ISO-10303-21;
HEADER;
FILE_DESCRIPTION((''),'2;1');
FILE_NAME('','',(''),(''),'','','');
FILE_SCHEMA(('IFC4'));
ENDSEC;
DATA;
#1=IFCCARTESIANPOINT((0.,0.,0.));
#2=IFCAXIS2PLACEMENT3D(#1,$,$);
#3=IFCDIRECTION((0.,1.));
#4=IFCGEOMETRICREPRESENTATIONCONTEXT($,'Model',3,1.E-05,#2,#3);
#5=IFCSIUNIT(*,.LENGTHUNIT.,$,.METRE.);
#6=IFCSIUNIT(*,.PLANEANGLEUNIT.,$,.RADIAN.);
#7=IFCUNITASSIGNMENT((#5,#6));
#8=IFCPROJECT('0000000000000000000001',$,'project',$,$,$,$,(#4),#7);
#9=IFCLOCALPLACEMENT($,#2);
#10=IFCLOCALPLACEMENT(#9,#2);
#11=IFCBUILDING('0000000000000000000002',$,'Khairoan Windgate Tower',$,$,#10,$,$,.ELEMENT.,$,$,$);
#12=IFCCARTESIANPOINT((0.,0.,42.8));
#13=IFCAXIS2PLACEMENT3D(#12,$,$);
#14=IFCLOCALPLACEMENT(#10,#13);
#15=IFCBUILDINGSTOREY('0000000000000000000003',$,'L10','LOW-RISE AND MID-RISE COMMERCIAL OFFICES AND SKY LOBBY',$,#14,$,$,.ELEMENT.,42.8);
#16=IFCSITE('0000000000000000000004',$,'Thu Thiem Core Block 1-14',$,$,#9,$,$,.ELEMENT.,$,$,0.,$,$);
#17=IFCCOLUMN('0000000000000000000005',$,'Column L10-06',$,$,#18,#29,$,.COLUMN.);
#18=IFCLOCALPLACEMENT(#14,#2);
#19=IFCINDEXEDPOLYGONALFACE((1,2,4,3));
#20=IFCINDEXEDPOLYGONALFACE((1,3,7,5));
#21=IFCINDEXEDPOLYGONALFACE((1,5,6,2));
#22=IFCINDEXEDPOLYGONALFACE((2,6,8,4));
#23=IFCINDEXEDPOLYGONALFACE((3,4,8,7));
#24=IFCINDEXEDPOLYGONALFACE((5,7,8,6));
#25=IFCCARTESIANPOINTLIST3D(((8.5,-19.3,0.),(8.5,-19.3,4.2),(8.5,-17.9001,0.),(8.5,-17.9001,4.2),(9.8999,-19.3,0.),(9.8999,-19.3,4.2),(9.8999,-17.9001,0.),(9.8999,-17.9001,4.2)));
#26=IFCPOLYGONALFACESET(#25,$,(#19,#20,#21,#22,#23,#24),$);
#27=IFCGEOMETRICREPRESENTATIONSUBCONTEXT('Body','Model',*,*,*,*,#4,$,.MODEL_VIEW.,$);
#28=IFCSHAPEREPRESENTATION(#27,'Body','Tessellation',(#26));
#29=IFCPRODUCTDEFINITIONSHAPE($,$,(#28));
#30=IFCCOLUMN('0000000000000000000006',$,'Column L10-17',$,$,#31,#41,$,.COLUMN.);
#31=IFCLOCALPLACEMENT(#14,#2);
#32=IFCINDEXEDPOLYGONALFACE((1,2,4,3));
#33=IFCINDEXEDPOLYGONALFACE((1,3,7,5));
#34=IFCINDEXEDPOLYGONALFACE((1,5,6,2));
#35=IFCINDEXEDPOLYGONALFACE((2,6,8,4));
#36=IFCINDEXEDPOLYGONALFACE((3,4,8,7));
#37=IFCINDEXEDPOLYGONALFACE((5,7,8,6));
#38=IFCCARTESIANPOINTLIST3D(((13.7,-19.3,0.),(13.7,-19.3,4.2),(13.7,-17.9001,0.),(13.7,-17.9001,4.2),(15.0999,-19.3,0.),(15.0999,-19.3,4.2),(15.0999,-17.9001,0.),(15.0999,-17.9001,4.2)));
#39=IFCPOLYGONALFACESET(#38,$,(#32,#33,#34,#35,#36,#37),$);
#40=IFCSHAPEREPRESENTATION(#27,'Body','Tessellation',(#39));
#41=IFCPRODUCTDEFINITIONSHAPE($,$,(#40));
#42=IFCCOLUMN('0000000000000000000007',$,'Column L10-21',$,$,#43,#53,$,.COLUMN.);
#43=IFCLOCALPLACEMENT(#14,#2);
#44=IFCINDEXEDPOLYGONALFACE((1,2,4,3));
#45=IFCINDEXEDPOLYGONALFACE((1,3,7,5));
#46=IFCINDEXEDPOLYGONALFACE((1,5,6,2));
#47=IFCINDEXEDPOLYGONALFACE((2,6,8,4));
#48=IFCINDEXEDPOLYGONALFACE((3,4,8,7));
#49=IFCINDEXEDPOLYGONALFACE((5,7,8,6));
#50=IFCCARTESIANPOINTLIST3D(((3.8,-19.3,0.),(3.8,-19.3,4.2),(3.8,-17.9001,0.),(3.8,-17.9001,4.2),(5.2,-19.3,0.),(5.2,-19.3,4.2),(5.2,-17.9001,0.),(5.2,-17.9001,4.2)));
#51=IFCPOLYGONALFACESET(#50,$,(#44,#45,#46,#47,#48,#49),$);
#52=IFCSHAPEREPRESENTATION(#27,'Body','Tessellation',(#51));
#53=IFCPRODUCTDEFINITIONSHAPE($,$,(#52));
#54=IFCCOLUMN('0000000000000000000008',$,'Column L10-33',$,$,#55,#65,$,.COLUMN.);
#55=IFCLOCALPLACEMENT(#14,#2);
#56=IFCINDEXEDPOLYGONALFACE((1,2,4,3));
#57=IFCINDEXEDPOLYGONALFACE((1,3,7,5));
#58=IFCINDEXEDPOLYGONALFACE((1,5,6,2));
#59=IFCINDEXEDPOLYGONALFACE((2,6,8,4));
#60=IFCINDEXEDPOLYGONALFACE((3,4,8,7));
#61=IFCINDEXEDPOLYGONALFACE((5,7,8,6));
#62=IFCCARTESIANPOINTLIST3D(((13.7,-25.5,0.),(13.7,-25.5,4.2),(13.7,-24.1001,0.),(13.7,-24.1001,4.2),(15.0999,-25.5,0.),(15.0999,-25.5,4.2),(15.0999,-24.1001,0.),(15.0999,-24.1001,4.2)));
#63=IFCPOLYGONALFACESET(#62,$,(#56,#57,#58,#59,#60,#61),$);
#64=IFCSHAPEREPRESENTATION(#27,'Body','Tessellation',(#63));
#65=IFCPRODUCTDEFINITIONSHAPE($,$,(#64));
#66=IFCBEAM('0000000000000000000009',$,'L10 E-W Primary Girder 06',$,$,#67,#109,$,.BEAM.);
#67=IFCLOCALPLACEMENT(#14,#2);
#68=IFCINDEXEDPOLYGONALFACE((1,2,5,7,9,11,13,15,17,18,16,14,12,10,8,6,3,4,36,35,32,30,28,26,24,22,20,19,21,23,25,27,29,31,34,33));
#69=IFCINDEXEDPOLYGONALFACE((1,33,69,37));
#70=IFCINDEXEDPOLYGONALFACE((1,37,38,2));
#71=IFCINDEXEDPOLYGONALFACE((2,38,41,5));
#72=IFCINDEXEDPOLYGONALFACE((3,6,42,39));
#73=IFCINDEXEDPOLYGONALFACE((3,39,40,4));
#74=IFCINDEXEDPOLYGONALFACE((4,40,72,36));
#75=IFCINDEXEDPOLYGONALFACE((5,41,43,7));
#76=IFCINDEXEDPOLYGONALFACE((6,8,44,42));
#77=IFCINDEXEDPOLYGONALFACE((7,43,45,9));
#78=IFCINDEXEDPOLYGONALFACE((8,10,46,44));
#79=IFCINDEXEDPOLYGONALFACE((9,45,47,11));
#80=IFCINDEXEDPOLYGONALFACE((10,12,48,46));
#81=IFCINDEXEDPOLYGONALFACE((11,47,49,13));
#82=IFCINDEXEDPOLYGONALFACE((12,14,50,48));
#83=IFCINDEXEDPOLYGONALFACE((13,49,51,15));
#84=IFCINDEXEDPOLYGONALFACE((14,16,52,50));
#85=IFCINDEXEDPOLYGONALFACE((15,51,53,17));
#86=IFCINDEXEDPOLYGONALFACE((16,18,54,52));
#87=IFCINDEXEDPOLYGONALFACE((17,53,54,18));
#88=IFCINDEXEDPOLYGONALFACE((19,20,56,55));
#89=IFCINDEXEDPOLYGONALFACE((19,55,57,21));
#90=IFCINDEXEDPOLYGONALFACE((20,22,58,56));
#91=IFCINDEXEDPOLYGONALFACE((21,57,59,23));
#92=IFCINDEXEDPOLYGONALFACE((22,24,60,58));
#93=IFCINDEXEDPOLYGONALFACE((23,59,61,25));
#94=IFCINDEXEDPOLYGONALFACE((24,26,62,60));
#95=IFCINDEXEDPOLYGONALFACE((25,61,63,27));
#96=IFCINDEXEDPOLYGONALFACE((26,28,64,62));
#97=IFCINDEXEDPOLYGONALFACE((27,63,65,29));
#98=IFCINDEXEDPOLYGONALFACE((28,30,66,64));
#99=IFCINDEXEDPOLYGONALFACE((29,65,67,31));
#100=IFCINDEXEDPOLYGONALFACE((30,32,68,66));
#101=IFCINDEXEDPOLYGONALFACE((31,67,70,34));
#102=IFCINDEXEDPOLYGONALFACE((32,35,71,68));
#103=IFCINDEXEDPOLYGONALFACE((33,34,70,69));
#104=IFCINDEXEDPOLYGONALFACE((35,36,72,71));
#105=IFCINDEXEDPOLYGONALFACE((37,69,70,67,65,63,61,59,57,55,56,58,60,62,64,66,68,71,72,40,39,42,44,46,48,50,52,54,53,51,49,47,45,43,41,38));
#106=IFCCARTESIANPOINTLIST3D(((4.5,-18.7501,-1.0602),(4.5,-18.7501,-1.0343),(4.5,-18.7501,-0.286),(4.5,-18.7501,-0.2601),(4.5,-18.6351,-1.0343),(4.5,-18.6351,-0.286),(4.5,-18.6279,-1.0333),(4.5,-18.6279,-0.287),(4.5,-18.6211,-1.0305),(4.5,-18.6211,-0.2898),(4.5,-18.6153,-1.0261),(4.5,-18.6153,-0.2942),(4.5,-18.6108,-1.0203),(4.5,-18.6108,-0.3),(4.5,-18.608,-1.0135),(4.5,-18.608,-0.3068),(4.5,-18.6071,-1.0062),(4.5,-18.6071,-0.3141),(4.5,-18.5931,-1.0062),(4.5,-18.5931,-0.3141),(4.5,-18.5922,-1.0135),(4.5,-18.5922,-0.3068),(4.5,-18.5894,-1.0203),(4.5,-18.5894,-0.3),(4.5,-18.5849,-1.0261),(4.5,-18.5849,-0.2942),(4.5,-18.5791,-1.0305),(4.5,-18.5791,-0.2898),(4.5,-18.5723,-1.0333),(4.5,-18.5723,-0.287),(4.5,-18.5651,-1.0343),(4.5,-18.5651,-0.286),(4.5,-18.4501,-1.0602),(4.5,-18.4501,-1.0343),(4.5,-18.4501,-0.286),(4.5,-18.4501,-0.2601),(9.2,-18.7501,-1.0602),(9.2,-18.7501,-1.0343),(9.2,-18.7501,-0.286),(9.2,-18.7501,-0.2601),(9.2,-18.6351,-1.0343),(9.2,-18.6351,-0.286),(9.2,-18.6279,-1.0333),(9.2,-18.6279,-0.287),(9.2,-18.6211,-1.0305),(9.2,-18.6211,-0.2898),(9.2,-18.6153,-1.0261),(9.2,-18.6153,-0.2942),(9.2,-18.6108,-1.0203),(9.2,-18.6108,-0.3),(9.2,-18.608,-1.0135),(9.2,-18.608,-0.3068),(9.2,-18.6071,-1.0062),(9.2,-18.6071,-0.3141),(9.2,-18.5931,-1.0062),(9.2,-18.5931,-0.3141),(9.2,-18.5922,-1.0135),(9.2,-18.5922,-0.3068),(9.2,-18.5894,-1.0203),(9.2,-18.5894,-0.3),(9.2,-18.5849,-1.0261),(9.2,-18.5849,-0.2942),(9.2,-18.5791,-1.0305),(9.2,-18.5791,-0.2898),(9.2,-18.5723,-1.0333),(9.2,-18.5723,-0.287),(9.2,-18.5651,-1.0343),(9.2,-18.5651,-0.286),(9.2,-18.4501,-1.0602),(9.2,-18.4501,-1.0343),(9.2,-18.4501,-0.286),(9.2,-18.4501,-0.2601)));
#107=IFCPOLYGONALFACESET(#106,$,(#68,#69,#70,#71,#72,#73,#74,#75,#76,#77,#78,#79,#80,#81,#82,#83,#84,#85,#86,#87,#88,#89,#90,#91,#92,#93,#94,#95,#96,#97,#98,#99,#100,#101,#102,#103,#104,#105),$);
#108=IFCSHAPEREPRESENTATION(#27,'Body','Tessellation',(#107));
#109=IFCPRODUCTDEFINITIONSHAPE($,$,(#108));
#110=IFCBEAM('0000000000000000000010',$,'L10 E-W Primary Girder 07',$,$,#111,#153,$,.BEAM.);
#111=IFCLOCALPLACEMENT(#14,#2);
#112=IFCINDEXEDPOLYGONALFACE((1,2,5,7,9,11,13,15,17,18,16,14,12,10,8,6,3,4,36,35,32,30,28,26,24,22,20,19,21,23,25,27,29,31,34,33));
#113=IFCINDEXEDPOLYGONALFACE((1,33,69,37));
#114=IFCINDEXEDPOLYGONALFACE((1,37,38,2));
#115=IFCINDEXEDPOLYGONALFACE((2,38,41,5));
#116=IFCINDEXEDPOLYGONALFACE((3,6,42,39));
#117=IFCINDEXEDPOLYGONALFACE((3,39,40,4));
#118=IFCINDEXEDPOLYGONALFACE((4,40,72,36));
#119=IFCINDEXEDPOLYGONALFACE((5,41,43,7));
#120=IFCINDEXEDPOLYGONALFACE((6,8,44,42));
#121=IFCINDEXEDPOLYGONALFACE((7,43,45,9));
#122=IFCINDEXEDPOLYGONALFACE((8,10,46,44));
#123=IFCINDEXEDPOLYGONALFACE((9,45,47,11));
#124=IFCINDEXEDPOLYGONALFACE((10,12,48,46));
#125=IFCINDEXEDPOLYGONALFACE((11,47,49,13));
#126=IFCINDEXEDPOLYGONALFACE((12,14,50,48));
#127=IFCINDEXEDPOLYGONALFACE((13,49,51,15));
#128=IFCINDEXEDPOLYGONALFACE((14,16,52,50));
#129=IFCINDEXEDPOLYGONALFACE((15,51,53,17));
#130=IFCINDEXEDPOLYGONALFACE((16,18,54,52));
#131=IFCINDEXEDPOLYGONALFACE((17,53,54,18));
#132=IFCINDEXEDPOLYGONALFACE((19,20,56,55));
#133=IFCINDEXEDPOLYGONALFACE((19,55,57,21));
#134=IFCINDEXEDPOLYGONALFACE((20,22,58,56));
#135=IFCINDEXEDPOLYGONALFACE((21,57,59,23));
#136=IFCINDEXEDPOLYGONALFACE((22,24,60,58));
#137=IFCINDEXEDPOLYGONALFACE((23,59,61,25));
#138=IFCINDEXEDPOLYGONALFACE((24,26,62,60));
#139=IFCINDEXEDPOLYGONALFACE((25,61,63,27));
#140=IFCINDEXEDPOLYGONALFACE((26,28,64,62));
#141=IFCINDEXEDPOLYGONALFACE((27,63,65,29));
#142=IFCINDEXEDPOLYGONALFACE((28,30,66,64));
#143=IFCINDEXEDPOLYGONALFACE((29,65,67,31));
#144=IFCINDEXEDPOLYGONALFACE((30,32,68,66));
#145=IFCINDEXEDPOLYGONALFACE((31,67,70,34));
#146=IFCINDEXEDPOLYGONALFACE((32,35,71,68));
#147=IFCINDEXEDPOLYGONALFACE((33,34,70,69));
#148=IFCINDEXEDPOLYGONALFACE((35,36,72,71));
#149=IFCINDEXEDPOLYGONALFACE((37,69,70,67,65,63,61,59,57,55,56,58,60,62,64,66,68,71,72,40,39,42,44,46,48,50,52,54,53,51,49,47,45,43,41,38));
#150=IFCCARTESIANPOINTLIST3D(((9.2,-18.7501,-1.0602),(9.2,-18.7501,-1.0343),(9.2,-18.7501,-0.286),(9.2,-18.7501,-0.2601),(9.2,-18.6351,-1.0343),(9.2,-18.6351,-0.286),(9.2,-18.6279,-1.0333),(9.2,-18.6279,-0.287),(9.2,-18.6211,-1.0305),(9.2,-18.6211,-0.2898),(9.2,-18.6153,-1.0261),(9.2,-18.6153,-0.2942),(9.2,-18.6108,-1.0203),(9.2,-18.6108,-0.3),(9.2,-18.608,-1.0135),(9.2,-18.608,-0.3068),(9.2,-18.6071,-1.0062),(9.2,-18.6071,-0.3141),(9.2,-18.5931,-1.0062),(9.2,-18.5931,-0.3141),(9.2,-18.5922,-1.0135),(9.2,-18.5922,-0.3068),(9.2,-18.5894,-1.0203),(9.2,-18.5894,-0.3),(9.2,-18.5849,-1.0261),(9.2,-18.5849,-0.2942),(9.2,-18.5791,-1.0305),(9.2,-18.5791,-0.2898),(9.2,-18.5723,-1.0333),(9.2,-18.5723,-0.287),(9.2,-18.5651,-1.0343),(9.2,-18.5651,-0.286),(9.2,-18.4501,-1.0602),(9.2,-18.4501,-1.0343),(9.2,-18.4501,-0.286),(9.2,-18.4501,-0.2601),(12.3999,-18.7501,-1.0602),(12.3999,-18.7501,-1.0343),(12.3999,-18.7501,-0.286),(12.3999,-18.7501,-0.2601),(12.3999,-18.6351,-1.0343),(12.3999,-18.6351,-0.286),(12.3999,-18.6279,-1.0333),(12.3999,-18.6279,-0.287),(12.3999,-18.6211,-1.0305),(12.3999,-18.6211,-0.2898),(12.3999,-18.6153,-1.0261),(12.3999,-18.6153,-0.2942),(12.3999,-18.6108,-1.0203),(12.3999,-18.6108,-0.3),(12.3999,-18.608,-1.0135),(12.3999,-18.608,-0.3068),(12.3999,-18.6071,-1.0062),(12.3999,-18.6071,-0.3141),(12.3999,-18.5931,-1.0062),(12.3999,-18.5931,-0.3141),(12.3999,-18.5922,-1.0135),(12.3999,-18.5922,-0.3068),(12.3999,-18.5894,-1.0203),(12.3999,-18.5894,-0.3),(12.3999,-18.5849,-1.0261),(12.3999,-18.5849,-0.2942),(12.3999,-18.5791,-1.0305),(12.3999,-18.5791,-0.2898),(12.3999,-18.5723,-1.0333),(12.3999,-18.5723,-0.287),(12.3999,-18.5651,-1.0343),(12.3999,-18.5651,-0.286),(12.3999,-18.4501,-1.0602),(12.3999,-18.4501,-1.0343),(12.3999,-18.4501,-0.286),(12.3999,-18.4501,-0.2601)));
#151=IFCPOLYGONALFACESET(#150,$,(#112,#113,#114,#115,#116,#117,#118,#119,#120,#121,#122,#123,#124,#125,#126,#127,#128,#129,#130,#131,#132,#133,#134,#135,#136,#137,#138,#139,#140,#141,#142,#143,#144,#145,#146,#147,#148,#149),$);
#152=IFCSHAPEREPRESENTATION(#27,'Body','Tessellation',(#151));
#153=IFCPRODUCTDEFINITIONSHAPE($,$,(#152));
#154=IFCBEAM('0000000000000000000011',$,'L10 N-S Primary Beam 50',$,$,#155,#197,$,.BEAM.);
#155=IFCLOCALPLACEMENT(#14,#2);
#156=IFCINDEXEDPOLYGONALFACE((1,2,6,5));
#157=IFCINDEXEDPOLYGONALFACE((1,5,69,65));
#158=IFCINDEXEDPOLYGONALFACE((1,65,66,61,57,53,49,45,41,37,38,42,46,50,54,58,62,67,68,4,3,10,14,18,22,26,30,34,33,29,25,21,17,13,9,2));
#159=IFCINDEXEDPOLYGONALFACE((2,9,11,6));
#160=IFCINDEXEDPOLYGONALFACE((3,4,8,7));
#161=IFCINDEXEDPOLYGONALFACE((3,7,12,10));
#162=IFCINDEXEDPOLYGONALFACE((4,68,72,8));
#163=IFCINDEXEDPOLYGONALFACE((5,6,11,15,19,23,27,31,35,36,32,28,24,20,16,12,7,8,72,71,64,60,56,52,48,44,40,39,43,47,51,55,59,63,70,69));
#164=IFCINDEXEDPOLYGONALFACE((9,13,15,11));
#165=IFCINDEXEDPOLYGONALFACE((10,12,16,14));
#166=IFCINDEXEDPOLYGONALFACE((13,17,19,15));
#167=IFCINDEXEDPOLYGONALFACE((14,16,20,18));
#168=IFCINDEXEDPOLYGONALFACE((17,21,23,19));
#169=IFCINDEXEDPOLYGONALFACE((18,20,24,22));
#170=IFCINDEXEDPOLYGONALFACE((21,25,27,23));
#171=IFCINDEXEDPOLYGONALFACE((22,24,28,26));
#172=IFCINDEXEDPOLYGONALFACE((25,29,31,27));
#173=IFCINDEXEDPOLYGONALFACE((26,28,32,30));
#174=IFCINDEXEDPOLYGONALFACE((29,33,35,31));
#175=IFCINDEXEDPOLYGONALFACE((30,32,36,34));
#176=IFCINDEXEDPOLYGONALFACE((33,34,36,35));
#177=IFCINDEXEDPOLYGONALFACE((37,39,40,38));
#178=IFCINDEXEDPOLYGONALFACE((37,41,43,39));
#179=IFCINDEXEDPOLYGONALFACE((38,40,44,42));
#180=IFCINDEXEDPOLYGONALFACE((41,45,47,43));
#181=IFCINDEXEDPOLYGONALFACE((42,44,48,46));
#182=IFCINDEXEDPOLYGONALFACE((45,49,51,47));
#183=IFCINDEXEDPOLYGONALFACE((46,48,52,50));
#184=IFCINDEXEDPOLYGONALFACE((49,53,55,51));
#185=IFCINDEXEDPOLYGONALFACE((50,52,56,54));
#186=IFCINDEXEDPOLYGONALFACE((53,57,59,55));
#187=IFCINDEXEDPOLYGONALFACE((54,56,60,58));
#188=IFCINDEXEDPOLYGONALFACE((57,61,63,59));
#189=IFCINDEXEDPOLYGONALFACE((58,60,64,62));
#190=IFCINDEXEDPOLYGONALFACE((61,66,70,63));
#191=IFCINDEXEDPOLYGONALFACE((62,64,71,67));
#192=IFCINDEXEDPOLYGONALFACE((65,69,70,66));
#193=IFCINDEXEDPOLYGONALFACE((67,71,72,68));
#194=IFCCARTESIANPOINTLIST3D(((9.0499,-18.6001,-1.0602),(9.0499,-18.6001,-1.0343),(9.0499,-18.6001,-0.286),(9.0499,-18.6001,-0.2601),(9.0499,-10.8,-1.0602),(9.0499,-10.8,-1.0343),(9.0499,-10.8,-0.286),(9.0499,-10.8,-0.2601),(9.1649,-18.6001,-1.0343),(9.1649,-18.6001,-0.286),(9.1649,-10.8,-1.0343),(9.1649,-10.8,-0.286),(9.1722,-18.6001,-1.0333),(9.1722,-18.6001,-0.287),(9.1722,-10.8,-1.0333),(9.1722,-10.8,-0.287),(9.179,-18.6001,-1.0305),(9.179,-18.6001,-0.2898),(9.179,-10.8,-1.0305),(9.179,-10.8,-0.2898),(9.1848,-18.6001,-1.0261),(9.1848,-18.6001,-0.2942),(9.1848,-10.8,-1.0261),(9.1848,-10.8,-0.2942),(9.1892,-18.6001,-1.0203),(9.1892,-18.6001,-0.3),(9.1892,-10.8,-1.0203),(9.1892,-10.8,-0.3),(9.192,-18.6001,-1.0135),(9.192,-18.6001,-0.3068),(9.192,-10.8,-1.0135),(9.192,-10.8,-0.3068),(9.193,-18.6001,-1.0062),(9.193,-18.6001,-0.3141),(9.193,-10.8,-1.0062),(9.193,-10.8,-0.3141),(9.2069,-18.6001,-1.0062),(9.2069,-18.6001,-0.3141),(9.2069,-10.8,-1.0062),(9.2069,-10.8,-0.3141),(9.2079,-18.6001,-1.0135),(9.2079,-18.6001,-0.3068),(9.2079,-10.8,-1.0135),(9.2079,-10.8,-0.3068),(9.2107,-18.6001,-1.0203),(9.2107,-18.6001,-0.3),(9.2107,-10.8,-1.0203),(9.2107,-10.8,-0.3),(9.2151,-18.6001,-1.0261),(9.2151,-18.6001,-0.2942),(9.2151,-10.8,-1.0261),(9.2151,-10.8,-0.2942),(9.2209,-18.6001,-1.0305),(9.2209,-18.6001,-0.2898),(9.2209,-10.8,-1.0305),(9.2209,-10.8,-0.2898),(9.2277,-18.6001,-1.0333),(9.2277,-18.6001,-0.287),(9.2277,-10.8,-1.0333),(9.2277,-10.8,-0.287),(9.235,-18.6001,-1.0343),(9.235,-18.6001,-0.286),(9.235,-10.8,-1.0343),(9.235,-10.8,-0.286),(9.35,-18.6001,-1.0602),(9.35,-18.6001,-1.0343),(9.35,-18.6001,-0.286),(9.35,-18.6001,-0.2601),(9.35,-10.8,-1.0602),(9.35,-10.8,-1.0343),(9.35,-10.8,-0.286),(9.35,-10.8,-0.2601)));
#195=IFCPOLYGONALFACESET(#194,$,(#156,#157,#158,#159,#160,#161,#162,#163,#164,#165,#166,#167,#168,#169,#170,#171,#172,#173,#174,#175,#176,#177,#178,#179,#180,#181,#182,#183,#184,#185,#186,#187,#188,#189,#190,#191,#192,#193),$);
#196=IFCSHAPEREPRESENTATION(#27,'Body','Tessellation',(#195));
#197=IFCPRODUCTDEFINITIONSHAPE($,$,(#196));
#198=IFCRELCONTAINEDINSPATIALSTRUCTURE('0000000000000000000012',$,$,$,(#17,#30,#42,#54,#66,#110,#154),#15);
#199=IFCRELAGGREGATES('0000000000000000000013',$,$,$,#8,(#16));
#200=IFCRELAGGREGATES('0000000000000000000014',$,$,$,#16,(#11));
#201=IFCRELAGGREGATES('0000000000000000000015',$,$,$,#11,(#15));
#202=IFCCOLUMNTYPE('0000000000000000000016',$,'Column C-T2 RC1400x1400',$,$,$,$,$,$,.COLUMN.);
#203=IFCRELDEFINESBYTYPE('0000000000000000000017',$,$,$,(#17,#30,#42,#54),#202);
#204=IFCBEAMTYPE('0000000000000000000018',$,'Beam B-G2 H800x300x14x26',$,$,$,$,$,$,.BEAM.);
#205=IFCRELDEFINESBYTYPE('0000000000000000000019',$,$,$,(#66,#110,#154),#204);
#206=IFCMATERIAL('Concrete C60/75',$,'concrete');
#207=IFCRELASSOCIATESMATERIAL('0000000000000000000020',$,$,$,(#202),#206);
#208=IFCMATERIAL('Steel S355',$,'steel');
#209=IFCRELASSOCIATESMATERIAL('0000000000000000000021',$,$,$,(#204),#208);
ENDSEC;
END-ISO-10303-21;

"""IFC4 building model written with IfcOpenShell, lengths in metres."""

from ifc_helpers import new_model, si_unit, direction, frame, origin, origin_2d, place, context, subcontext, project, spatial, rectangle, i_section, extrude, material, material_profile, profile_set, type_object, element, save


model = new_model("IFC4")

# Units and contexts
model_context = context("Model", 3, precision=1e-05, world=origin(), true_north=direction((0.0, 1.0)))
body_context = subcontext(model_context, "Body", "Model", "MODEL_VIEW")
ifc_project = project(units=[si_unit("LENGTHUNIT", "METRE"), si_unit("PLANEANGLEUNIT", "RADIAN")], contexts=[model_context])

# Site, building, storey
site_placement = place(None, origin())
site = spatial("IfcSite", under=ifc_project, at=site_placement, Name="Thu Thiem Core Block 1-14", CompositionType="ELEMENT", RefElevation=0.0)
building_placement = place(site_placement, origin())
building = spatial("IfcBuilding", under=site, at=building_placement, Name="Khairoan Windgate Tower", CompositionType="ELEMENT")
storey_placement = place(building_placement, frame((0.0, 0.0, 42.8)))
storey = spatial("IfcBuildingStorey", under=building, at=storey_placement, Name="L10", Description="LOW-RISE AND MID-RISE COMMERCIAL OFFICES AND SKY LOBBY", CompositionType="ELEMENT", Elevation=42.8)

# Columns
ifc_material_1 = material(Name="Concrete C60/75", Category="concrete")
ifc_material_profile_1 = material_profile(ifc_material_1, rectangle(XDim=1.3999, YDim=1.3999, at=origin_2d()))
ifc_profile_set_1 = profile_set([ifc_material_profile_1], Name="Concrete C60/75")
column_type = type_object("IfcColumnType", Name="Column C-T2 RC1400x1400", PredefinedType="COLUMN", material=ifc_profile_set_1)
for number, where, z_axis, x_axis, name in (
    (1, (9.2, -18.6001, 0.0), (0.0, 0.0, 1.0), (1.0, 0.0, 0.0), "Column L10-06"),
    (2, (14.3999, -18.6001, 0.0), (0.0, 0.0, 1.0), (1.0, 0.0, 0.0), "Column L10-17"),
    (3, (4.5, -18.6001, 0.0), (0.0, 0.0, 1.0), (1.0, 0.0, 0.0), "Column L10-21"),
    (4, (14.3999, -24.8, 0.0), (0.0, 0.0, 1.0), (1.0, 0.0, 0.0), "Column L10-33"),
):
    element("IfcColumn", number, at=place(storey_placement, frame(where, z_axis=z_axis, x_axis=x_axis)), inside=storey, type_object=column_type, Name=name, PredefinedType="COLUMN", context=body_context, shape_type="SweptSolid", body=[
        extrude(rectangle(XDim=1.3999, YDim=1.3999, at=origin_2d()), origin(), (0.0, 0.0, 1.0), 4.2),
    ])

# Beams
ifc_material_2 = material(Name="Steel S355", Category="steel")
ifc_material_profile_2 = material_profile(ifc_material_2, i_section(OverallWidth=0.3, OverallDepth=0.8, WebThickness=0.0139, FlangeThickness=0.0259, FilletRadius=0.0281, at=origin_2d()))
ifc_profile_set_2 = profile_set([ifc_material_profile_2], Name="Steel S355")
beam_type_1 = type_object("IfcBeamType", Name="Beam B-G2 H800x300x14x26", PredefinedType="BEAM", material=ifc_profile_set_2)
beam_1_placement = place(storey_placement, frame((4.5, -18.6001, -0.6602), z_axis=(1.0, 0.0, 0.0), x_axis=(0.0, 1.0, 0.0)))
element("IfcBeam", 5, at=beam_1_placement, inside=storey, type_object=beam_type_1, Name="L10 E-W Primary Girder 06", PredefinedType="BEAM", context=body_context, shape_type="SweptSolid", body=[
    extrude(i_section(OverallWidth=0.3, OverallDepth=0.8, WebThickness=0.0139, FlangeThickness=0.0259, FilletRadius=0.0281, at=origin_2d()), origin(), (0.0, 0.0, 1.0), 4.7),
])
beam_2_placement = place(storey_placement, frame((9.2, -18.6001, -0.6602), z_axis=(1.0, 0.0, 0.0), x_axis=(0.0, 1.0, 0.0)))
element("IfcBeam", 6, at=beam_2_placement, inside=storey, type_object=beam_type_1, Name="L10 E-W Primary Girder 07", PredefinedType="BEAM", context=body_context, shape_type="SweptSolid", body=[
    extrude(i_section(OverallWidth=0.3, OverallDepth=0.8, WebThickness=0.0139, FlangeThickness=0.0259, FilletRadius=0.0281, at=origin_2d()), origin(), (0.0, 0.0, 1.0), 3.2),
])
for number, where, z_axis, x_axis, name in (
    (7, (9.2, -18.6001, -0.6602), (0.0, 1.0, 0.0), (-1.0, 0.0, 0.0), "L10 N-S Primary Beam 50"),
):
    element("IfcBeam", number, at=place(storey_placement, frame(where, z_axis=z_axis, x_axis=x_axis)), inside=storey, type_object=beam_type_1, Name=name, PredefinedType="BEAM", context=body_context, shape_type="SweptSolid", body=[
        extrude(i_section(OverallWidth=0.3, OverallDepth=0.8, WebThickness=0.0139, FlangeThickness=0.0259, FilletRadius=0.0281, at=origin_2d()), origin(), (0.0, 0.0, 1.0), 7.8),
    ])

save(model, "model.ifc")
